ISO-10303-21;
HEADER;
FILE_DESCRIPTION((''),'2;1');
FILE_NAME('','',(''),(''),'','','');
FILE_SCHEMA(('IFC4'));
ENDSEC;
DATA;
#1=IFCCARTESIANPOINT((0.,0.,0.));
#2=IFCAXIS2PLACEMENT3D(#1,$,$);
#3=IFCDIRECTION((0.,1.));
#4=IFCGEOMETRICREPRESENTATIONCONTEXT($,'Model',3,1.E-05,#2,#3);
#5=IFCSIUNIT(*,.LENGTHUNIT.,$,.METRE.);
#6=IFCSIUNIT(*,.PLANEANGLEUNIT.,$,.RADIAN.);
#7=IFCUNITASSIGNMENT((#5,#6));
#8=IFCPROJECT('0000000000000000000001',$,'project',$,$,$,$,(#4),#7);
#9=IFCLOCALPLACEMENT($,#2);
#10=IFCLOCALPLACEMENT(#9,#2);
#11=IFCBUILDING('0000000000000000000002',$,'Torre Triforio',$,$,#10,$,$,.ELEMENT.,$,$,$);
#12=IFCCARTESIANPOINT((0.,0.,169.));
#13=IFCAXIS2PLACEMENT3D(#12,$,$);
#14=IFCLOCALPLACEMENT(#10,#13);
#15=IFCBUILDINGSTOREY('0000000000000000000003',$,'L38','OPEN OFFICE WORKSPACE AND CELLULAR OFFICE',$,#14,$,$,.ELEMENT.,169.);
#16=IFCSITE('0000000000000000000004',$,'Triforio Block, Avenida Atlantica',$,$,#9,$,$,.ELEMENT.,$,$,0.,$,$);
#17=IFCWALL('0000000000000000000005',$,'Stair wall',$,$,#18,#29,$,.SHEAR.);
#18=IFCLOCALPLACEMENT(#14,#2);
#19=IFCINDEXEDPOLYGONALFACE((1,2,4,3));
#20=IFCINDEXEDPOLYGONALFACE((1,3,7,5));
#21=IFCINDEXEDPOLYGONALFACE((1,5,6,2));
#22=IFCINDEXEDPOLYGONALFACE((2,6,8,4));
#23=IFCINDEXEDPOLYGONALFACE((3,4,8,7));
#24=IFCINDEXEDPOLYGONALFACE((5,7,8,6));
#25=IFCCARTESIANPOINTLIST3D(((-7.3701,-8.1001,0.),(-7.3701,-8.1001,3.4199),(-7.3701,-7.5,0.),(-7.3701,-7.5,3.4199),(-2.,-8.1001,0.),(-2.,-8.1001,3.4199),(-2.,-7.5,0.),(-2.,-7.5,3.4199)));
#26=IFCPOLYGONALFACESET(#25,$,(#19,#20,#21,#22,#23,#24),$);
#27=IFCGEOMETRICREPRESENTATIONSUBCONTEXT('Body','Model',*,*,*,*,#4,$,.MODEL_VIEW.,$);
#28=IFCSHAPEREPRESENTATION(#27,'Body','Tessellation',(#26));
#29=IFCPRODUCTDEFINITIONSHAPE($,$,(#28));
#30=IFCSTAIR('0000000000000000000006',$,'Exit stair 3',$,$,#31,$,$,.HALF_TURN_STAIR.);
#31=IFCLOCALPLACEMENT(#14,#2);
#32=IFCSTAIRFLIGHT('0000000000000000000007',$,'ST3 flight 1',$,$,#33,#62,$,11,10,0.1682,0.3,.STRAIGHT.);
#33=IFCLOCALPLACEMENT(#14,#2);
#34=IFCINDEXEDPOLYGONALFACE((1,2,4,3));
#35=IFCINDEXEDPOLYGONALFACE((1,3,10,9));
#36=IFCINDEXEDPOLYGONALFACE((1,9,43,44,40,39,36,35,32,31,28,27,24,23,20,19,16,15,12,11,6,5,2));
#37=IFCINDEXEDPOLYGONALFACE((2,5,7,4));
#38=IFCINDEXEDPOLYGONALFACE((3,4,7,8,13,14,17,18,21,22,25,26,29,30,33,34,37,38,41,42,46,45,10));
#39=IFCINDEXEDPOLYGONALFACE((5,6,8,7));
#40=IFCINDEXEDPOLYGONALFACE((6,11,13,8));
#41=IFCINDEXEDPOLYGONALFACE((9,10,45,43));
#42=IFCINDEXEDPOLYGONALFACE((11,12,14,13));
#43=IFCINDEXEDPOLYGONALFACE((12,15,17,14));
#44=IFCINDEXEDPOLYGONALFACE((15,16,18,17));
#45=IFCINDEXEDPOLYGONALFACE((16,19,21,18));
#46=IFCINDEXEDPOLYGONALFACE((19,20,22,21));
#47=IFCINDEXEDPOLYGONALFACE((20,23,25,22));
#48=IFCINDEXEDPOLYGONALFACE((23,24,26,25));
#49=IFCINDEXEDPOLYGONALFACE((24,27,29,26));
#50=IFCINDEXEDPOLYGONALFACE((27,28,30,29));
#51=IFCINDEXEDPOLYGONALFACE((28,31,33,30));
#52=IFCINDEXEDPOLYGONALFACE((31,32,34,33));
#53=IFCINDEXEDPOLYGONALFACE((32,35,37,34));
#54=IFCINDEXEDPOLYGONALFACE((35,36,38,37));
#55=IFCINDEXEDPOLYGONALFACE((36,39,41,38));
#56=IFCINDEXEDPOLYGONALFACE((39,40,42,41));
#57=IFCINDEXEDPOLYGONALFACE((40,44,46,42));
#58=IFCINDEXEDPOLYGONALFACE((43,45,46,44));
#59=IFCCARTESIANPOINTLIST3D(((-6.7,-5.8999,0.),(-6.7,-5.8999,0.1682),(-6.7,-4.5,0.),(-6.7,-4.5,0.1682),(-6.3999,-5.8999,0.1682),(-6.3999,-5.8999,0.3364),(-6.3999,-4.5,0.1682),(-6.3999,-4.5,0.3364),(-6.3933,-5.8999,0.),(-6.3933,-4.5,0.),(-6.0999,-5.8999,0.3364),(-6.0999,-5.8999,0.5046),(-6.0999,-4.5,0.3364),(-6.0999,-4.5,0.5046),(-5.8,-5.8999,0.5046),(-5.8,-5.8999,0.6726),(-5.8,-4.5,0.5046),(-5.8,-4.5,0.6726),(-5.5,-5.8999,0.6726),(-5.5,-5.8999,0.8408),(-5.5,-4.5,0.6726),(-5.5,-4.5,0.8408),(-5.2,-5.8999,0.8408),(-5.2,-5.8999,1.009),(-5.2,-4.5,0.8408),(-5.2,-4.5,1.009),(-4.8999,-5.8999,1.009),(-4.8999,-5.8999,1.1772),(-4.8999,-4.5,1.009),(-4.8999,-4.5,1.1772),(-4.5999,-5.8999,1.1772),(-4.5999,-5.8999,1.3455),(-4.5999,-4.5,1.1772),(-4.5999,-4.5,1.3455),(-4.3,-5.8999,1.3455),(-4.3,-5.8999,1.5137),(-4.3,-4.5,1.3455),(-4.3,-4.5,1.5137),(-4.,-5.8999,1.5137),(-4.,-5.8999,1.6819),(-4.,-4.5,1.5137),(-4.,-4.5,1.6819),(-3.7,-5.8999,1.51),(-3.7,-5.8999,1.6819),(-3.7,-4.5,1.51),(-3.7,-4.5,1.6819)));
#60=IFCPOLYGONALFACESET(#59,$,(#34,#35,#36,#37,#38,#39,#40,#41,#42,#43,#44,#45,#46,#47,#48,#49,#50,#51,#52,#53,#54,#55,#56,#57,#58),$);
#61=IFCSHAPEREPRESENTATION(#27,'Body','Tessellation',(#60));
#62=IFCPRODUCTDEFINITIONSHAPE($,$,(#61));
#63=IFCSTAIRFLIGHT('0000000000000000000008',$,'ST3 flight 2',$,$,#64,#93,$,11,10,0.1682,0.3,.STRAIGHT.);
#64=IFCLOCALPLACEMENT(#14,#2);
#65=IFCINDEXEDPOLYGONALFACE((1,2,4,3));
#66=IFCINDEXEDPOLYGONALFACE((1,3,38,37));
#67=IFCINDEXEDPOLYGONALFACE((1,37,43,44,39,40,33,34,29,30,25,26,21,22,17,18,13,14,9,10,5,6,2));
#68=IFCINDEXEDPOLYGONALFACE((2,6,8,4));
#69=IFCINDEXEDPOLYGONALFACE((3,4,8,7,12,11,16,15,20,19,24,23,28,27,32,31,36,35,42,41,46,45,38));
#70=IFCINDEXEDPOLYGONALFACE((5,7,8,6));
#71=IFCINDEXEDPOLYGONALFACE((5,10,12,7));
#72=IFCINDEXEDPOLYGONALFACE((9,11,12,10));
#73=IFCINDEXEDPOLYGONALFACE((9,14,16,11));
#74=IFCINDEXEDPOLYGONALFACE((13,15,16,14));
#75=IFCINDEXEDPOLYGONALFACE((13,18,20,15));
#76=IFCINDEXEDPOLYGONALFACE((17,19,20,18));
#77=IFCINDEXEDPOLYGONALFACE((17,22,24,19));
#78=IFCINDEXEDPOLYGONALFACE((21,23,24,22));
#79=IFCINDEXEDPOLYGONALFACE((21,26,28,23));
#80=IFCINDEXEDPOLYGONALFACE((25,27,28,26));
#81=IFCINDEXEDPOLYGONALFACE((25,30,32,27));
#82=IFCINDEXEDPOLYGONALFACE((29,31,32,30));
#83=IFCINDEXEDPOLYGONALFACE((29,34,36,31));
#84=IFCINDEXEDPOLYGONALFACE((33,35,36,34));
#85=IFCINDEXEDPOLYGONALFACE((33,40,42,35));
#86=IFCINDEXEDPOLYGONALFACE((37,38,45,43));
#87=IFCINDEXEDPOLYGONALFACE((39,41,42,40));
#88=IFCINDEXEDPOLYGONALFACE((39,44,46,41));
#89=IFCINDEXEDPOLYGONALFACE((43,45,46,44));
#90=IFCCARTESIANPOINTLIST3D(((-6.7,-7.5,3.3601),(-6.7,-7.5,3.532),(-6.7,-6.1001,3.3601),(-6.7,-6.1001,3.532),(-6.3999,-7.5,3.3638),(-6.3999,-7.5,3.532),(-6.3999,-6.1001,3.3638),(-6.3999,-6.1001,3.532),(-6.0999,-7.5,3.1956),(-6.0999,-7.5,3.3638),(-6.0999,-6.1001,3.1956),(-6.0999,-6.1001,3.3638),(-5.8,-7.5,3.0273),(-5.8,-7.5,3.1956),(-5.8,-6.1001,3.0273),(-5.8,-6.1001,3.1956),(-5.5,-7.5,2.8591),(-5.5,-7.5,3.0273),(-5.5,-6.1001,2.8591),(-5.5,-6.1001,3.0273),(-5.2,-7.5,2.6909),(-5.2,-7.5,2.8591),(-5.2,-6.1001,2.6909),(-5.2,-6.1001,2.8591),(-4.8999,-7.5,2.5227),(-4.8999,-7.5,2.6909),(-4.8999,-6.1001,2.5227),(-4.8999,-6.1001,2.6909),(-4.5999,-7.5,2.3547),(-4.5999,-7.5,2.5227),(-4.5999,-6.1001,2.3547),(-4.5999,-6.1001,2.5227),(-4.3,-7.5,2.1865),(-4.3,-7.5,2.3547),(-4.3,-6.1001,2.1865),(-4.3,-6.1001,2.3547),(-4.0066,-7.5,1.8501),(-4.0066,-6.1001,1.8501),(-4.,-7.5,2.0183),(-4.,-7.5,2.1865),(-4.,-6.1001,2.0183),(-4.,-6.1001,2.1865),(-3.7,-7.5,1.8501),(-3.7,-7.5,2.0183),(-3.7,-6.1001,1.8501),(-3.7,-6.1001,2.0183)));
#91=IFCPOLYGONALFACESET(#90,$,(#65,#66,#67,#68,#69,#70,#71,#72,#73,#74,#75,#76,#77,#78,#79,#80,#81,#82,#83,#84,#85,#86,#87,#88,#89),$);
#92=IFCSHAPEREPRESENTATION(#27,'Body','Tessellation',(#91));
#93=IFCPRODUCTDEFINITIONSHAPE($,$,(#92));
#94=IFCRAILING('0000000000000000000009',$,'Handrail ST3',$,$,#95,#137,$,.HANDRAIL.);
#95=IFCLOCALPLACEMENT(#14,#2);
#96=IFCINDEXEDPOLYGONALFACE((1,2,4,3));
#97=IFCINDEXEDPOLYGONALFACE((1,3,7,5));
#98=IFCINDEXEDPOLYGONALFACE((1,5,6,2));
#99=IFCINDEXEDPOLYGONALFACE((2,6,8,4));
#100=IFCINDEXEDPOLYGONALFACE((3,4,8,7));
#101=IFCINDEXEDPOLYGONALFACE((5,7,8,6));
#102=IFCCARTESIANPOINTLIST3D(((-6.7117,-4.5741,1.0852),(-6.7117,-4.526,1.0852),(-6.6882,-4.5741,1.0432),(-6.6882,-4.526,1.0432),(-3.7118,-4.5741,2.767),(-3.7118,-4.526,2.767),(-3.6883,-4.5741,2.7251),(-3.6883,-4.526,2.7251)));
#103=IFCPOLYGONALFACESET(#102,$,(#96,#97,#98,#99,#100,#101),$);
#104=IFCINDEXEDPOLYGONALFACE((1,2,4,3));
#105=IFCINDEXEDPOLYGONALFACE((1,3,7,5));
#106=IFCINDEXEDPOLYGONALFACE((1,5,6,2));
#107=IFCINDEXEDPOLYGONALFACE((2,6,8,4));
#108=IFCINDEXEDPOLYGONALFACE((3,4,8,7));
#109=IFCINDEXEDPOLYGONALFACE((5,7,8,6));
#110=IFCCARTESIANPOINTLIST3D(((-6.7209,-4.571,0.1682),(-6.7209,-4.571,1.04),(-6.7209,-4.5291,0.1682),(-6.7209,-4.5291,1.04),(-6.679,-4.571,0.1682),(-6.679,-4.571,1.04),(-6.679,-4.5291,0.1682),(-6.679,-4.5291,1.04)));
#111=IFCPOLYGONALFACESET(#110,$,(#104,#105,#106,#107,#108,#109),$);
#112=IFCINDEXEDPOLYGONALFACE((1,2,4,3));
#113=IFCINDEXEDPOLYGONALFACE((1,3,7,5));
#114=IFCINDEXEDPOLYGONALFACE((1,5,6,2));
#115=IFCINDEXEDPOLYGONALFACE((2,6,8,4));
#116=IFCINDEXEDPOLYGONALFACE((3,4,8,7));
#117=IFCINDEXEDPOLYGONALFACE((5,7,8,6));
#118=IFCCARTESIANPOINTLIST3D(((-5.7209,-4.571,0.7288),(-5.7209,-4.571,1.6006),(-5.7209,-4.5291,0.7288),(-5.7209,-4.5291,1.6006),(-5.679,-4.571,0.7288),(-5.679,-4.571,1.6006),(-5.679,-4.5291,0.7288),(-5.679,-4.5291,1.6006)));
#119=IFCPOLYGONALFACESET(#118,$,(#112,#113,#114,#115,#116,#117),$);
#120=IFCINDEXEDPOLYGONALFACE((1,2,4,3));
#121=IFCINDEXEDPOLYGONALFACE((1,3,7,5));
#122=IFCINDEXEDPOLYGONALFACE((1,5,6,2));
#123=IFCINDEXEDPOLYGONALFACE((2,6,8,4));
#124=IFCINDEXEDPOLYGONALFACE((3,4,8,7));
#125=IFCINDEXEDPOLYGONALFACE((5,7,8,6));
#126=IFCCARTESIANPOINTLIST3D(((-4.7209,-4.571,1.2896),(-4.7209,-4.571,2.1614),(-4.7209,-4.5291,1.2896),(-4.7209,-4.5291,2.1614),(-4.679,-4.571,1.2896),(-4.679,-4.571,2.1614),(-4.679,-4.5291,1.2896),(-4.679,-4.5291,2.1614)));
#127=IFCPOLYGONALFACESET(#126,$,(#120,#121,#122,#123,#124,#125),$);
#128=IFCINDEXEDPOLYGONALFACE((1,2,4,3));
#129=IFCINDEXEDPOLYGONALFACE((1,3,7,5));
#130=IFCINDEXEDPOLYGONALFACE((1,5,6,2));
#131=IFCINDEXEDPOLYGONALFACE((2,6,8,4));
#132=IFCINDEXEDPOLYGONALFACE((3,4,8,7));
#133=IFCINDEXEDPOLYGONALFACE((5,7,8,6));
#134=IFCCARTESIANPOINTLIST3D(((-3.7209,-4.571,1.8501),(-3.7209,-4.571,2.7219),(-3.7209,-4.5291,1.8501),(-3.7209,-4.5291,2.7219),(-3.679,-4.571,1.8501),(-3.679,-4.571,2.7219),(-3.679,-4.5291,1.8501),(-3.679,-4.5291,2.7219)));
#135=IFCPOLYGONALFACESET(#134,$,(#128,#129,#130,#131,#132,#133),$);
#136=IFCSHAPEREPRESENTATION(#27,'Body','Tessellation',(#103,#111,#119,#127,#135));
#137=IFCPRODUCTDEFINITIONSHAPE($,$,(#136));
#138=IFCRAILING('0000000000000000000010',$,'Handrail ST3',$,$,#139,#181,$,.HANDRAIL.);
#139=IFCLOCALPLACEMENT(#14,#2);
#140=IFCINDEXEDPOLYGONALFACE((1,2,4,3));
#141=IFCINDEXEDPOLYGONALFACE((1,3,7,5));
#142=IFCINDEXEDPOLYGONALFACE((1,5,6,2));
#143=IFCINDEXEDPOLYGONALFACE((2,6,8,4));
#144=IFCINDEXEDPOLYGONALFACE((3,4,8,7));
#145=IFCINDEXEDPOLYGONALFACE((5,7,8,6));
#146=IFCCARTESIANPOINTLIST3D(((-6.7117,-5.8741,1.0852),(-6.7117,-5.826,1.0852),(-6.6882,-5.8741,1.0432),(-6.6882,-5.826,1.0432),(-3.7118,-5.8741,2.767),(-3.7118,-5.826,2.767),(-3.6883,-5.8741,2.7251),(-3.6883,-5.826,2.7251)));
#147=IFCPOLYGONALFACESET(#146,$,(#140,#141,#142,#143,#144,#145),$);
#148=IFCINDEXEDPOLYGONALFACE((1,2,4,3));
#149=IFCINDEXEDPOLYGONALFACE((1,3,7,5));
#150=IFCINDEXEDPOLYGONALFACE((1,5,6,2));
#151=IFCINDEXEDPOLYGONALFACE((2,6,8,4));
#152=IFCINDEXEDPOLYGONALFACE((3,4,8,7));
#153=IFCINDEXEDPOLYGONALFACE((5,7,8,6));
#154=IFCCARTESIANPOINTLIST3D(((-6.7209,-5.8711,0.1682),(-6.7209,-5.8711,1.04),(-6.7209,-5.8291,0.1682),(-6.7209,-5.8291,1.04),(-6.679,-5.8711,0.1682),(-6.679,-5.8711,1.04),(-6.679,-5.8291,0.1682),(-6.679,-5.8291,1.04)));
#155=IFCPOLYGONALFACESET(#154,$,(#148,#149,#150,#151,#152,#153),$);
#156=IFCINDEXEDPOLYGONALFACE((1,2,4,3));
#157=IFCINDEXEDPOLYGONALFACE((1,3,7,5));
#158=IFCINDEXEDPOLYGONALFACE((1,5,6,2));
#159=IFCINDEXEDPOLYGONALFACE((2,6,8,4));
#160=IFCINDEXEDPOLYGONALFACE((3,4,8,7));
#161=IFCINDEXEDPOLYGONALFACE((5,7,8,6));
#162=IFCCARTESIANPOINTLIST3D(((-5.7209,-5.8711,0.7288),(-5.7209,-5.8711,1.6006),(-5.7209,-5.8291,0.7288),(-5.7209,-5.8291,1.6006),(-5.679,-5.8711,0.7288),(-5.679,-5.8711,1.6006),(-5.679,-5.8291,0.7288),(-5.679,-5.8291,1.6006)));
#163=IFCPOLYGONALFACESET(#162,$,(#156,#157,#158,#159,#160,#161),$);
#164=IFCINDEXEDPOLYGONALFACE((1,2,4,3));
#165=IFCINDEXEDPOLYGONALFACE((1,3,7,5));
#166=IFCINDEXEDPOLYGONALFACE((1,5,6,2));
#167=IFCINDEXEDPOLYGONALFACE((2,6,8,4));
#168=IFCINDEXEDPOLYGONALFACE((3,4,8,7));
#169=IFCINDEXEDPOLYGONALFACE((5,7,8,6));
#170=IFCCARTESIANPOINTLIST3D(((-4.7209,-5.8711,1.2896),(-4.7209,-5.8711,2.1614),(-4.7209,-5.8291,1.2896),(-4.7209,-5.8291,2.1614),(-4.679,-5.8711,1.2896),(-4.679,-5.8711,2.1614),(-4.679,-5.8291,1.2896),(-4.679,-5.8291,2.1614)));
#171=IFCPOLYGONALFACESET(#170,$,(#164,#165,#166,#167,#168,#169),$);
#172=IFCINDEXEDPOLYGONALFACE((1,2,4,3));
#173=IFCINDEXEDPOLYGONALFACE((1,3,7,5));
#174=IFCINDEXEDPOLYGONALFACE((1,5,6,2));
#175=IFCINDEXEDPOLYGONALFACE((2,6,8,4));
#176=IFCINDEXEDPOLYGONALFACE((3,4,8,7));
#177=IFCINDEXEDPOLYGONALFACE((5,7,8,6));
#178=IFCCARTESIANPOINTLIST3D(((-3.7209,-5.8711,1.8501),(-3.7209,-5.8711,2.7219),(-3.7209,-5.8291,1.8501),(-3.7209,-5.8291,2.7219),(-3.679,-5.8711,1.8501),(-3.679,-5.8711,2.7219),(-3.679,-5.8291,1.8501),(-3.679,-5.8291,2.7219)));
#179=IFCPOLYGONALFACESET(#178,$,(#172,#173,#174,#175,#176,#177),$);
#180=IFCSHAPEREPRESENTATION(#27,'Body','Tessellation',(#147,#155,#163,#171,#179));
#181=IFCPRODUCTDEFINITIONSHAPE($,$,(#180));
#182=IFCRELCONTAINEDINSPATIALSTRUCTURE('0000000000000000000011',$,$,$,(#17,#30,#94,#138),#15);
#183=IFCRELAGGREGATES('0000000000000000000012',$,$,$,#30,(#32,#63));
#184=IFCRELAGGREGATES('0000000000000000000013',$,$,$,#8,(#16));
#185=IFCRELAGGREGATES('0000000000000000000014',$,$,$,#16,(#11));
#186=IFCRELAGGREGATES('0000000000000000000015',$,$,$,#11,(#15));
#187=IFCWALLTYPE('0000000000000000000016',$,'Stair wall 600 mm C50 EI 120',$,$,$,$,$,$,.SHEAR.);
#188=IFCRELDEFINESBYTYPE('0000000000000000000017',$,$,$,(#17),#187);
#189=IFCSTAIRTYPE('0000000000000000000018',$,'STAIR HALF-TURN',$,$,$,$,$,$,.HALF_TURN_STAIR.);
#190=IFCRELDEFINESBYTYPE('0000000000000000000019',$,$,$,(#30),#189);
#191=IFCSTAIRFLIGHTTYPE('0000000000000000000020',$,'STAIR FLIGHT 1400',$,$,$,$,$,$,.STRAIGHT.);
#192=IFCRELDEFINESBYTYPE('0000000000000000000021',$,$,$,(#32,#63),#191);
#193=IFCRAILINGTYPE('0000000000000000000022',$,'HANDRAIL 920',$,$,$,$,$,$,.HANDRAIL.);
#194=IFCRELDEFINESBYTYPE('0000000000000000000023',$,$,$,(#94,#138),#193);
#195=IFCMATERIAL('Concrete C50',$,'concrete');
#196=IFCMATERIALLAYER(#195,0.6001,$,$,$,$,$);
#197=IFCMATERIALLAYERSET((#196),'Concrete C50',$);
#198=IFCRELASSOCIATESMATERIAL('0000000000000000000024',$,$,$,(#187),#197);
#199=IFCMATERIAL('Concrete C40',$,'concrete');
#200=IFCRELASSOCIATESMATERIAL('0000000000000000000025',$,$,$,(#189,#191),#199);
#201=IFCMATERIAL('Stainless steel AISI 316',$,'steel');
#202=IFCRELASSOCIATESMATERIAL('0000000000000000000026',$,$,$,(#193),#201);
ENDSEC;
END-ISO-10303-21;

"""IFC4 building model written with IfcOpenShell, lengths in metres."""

from ifc_helpers import new_model, si_unit, direction, frame, frame_2d, origin, origin_2d, place, context, subcontext, project, spatial, polyline, rectangle, outline, extrude, material, layer, layer_set, type_object, element, aggregate, save


model = new_model("IFC4")

# Units and contexts
model_context = context("Model", 3, precision=1e-05, world=origin(), true_north=direction((0.0, 1.0)))
body_context = subcontext(model_context, "Body", "Model", "MODEL_VIEW")
ifc_project = project(units=[si_unit("LENGTHUNIT", "METRE"), si_unit("PLANEANGLEUNIT", "RADIAN")], contexts=[model_context])

# Site, building, storey
site_placement = place(None, origin())
site = spatial("IfcSite", under=ifc_project, at=site_placement, Name="Triforio Block, Avenida Atlantica", CompositionType="ELEMENT", RefElevation=0.0)
building_placement = place(site_placement, origin())
building = spatial("IfcBuilding", under=site, at=building_placement, Name="Torre Triforio", CompositionType="ELEMENT")
storey_placement = place(building_placement, frame((0.0, 0.0, 169.0)))
storey = spatial("IfcBuildingStorey", under=building, at=storey_placement, Name="L38", Description="OPEN OFFICE WORKSPACE AND CELLULAR OFFICE", CompositionType="ELEMENT", Elevation=169.0)

# Shared definitions
ifc_material_1 = material(Name="Concrete C40", Category="concrete")

# Shared definitions
ifc_material_2 = material(Name="Concrete C50", Category="concrete")

# Wall
ifc_layer_1 = layer(ifc_material_2, 0.6001)
ifc_layer_set_1 = layer_set([ifc_layer_1], Name="Concrete C50")
wall_type_1 = type_object("IfcWallType", Name="Stair wall 600 mm C50 EI 120", PredefinedType="SHEAR", material=ifc_layer_set_1)
wall_1_placement = place(storey_placement, frame((-7.3701, -7.8, 0.0), z_axis=(0.0, 0.0, 1.0), x_axis=(1.0, 0.0, 0.0)))
element("IfcWall", 1, at=wall_1_placement, inside=storey, type_object=wall_type_1, Name="Stair wall", PredefinedType="SHEAR", context=body_context, shape_type="SweptSolid", body=[
    extrude(rectangle(XDim=5.3701, YDim=0.6001, at=frame_2d((2.6851, 0.0))), origin(), (0.0, 0.0, 1.0), 3.4199),
])

# Stair, stair flights
stair_type = type_object("IfcStairType", Name="STAIR HALF-TURN", PredefinedType="HALF_TURN_STAIR", material=ifc_material_1)
stair_placement = place(storey_placement, origin())
stair = element("IfcStair", 2, at=stair_placement, inside=storey, type_object=stair_type, Name="Exit stair 3", PredefinedType="HALF_TURN_STAIR")
stair_flight_type = type_object("IfcStairFlightType", Name="STAIR FLIGHT 1400", PredefinedType="STRAIGHT", material=ifc_material_1)
stair_flight_1_placement = place(storey_placement, frame((-6.7, -5.2, 0.0), z_axis=(0.0, 0.0, 1.0), x_axis=(1.0, 0.0, 0.0)))
stair_flight_1 = element("IfcStairFlight", 3, at=stair_flight_1_placement, type_object=stair_flight_type, Name="ST3 flight 1", NumberOfRisers=11, NumberOfTreads=10, PredefinedType="STRAIGHT", RiserHeight=0.1682, TreadLength=0.3, context=body_context, shape_type="SweptSolid", body=[
    extrude(outline(polyline([(0.0, 0.0), (0.0, 0.1682), (0.3, 0.1682), (0.3, 0.3364), (0.6001, 0.3364), (0.6001, 0.5046), (0.8999, 0.5046), (0.8999, 0.6726), (1.2, 0.6726), (1.2, 0.8408), (1.5, 0.8408), (1.5, 1.009), (1.8, 1.009), (1.8, 1.1772), (2.1001, 1.1772), (2.1001, 1.3455), (2.3999, 1.3455), (2.3999, 1.5137), (2.7, 1.5137), (2.7, 1.6819), (3.0, 1.6819), (3.0, 1.8501), (3.0, 1.51), (0.3066, 0.0), (0.0, 0.0)])), frame((0.0, 0.7, 0.0), z_axis=(0.0, -1.0, 0.0), x_axis=(1.0, 0.0, 0.0)), (0.0, 0.0, 1.0), 1.3999),
])
stair_flight_2_placement = place(storey_placement, frame((-3.7, -6.8, 1.8501), z_axis=(0.0, 0.0, 1.0), x_axis=(-1.0, 0.0, 0.0)))
stair_flight_2 = element("IfcStairFlight", 4, at=stair_flight_2_placement, type_object=stair_flight_type, Name="ST3 flight 2", NumberOfRisers=11, NumberOfTreads=10, PredefinedType="STRAIGHT", RiserHeight=0.1682, TreadLength=0.3, context=body_context, shape_type="SweptSolid", body=[
    extrude(outline(polyline([(0.0, 0.0), (0.0, 0.1682), (0.3, 0.1682), (0.3, 0.3364), (0.6001, 0.3364), (0.6001, 0.5046), (0.8999, 0.5046), (0.8999, 0.6726), (1.2, 0.6726), (1.2, 0.8408), (1.5, 0.8408), (1.5, 1.009), (1.8, 1.009), (1.8, 1.1772), (2.1001, 1.1772), (2.1001, 1.3455), (2.3999, 1.3455), (2.3999, 1.5137), (2.7, 1.5137), (2.7, 1.6819), (3.0, 1.6819), (3.0, 1.8501), (3.0, 1.51), (0.3066, 0.0), (0.0, 0.0)])), frame((0.0, 0.7, 0.0), z_axis=(0.0, -1.0, 0.0), x_axis=(1.0, 0.0, 0.0)), (0.0, 0.0, 1.0), 1.3999),
])
aggregate(stair, [stair_flight_1, stair_flight_2])

# Railings
ifc_material_3 = material(Name="Stainless steel AISI 316", Category="steel")
railing_type = type_object("IfcRailingType", Name="HANDRAIL 920", PredefinedType="HANDRAIL", material=ifc_material_3)
for number, where, name in (
    (5, (-6.7, -4.55, 0.1682), "Handrail ST3"),
    (6, (-6.7, -5.8501, 0.1682), "Handrail ST3"),
):
    element("IfcRailing", number, at=place(storey_placement, frame(where)), inside=storey, type_object=railing_type, Name=name, PredefinedType="HANDRAIL", context=body_context, shape_type="SweptSolid", body=[
        extrude(rectangle(XDim=0.0481, YDim=0.0481, at=origin_2d()), frame((0.0, 0.0, 0.896), z_axis=(0.872272, 0.0, 0.48902), x_axis=(0.0, 1.0, 0.0)), (0.0, 0.0, 1.0), 3.4392),
        extrude(rectangle(XDim=0.042, YDim=0.042, at=origin_2d()), origin(), (0.0, 0.0, 1.0), 0.8718),
        extrude(rectangle(XDim=0.042, YDim=0.042, at=origin_2d()), frame((1.0, 0.0, 0.5605)), (0.0, 0.0, 1.0), 0.8718),
        extrude(rectangle(XDim=0.042, YDim=0.042, at=origin_2d()), frame((2.0, 0.0, 1.1213)), (0.0, 0.0, 1.0), 0.8718),
        extrude(rectangle(XDim=0.042, YDim=0.042, at=origin_2d()), frame((3.0, 0.0, 1.6819)), (0.0, 0.0, 1.0), 0.8718),
    ])

save(model, "model.ifc")
